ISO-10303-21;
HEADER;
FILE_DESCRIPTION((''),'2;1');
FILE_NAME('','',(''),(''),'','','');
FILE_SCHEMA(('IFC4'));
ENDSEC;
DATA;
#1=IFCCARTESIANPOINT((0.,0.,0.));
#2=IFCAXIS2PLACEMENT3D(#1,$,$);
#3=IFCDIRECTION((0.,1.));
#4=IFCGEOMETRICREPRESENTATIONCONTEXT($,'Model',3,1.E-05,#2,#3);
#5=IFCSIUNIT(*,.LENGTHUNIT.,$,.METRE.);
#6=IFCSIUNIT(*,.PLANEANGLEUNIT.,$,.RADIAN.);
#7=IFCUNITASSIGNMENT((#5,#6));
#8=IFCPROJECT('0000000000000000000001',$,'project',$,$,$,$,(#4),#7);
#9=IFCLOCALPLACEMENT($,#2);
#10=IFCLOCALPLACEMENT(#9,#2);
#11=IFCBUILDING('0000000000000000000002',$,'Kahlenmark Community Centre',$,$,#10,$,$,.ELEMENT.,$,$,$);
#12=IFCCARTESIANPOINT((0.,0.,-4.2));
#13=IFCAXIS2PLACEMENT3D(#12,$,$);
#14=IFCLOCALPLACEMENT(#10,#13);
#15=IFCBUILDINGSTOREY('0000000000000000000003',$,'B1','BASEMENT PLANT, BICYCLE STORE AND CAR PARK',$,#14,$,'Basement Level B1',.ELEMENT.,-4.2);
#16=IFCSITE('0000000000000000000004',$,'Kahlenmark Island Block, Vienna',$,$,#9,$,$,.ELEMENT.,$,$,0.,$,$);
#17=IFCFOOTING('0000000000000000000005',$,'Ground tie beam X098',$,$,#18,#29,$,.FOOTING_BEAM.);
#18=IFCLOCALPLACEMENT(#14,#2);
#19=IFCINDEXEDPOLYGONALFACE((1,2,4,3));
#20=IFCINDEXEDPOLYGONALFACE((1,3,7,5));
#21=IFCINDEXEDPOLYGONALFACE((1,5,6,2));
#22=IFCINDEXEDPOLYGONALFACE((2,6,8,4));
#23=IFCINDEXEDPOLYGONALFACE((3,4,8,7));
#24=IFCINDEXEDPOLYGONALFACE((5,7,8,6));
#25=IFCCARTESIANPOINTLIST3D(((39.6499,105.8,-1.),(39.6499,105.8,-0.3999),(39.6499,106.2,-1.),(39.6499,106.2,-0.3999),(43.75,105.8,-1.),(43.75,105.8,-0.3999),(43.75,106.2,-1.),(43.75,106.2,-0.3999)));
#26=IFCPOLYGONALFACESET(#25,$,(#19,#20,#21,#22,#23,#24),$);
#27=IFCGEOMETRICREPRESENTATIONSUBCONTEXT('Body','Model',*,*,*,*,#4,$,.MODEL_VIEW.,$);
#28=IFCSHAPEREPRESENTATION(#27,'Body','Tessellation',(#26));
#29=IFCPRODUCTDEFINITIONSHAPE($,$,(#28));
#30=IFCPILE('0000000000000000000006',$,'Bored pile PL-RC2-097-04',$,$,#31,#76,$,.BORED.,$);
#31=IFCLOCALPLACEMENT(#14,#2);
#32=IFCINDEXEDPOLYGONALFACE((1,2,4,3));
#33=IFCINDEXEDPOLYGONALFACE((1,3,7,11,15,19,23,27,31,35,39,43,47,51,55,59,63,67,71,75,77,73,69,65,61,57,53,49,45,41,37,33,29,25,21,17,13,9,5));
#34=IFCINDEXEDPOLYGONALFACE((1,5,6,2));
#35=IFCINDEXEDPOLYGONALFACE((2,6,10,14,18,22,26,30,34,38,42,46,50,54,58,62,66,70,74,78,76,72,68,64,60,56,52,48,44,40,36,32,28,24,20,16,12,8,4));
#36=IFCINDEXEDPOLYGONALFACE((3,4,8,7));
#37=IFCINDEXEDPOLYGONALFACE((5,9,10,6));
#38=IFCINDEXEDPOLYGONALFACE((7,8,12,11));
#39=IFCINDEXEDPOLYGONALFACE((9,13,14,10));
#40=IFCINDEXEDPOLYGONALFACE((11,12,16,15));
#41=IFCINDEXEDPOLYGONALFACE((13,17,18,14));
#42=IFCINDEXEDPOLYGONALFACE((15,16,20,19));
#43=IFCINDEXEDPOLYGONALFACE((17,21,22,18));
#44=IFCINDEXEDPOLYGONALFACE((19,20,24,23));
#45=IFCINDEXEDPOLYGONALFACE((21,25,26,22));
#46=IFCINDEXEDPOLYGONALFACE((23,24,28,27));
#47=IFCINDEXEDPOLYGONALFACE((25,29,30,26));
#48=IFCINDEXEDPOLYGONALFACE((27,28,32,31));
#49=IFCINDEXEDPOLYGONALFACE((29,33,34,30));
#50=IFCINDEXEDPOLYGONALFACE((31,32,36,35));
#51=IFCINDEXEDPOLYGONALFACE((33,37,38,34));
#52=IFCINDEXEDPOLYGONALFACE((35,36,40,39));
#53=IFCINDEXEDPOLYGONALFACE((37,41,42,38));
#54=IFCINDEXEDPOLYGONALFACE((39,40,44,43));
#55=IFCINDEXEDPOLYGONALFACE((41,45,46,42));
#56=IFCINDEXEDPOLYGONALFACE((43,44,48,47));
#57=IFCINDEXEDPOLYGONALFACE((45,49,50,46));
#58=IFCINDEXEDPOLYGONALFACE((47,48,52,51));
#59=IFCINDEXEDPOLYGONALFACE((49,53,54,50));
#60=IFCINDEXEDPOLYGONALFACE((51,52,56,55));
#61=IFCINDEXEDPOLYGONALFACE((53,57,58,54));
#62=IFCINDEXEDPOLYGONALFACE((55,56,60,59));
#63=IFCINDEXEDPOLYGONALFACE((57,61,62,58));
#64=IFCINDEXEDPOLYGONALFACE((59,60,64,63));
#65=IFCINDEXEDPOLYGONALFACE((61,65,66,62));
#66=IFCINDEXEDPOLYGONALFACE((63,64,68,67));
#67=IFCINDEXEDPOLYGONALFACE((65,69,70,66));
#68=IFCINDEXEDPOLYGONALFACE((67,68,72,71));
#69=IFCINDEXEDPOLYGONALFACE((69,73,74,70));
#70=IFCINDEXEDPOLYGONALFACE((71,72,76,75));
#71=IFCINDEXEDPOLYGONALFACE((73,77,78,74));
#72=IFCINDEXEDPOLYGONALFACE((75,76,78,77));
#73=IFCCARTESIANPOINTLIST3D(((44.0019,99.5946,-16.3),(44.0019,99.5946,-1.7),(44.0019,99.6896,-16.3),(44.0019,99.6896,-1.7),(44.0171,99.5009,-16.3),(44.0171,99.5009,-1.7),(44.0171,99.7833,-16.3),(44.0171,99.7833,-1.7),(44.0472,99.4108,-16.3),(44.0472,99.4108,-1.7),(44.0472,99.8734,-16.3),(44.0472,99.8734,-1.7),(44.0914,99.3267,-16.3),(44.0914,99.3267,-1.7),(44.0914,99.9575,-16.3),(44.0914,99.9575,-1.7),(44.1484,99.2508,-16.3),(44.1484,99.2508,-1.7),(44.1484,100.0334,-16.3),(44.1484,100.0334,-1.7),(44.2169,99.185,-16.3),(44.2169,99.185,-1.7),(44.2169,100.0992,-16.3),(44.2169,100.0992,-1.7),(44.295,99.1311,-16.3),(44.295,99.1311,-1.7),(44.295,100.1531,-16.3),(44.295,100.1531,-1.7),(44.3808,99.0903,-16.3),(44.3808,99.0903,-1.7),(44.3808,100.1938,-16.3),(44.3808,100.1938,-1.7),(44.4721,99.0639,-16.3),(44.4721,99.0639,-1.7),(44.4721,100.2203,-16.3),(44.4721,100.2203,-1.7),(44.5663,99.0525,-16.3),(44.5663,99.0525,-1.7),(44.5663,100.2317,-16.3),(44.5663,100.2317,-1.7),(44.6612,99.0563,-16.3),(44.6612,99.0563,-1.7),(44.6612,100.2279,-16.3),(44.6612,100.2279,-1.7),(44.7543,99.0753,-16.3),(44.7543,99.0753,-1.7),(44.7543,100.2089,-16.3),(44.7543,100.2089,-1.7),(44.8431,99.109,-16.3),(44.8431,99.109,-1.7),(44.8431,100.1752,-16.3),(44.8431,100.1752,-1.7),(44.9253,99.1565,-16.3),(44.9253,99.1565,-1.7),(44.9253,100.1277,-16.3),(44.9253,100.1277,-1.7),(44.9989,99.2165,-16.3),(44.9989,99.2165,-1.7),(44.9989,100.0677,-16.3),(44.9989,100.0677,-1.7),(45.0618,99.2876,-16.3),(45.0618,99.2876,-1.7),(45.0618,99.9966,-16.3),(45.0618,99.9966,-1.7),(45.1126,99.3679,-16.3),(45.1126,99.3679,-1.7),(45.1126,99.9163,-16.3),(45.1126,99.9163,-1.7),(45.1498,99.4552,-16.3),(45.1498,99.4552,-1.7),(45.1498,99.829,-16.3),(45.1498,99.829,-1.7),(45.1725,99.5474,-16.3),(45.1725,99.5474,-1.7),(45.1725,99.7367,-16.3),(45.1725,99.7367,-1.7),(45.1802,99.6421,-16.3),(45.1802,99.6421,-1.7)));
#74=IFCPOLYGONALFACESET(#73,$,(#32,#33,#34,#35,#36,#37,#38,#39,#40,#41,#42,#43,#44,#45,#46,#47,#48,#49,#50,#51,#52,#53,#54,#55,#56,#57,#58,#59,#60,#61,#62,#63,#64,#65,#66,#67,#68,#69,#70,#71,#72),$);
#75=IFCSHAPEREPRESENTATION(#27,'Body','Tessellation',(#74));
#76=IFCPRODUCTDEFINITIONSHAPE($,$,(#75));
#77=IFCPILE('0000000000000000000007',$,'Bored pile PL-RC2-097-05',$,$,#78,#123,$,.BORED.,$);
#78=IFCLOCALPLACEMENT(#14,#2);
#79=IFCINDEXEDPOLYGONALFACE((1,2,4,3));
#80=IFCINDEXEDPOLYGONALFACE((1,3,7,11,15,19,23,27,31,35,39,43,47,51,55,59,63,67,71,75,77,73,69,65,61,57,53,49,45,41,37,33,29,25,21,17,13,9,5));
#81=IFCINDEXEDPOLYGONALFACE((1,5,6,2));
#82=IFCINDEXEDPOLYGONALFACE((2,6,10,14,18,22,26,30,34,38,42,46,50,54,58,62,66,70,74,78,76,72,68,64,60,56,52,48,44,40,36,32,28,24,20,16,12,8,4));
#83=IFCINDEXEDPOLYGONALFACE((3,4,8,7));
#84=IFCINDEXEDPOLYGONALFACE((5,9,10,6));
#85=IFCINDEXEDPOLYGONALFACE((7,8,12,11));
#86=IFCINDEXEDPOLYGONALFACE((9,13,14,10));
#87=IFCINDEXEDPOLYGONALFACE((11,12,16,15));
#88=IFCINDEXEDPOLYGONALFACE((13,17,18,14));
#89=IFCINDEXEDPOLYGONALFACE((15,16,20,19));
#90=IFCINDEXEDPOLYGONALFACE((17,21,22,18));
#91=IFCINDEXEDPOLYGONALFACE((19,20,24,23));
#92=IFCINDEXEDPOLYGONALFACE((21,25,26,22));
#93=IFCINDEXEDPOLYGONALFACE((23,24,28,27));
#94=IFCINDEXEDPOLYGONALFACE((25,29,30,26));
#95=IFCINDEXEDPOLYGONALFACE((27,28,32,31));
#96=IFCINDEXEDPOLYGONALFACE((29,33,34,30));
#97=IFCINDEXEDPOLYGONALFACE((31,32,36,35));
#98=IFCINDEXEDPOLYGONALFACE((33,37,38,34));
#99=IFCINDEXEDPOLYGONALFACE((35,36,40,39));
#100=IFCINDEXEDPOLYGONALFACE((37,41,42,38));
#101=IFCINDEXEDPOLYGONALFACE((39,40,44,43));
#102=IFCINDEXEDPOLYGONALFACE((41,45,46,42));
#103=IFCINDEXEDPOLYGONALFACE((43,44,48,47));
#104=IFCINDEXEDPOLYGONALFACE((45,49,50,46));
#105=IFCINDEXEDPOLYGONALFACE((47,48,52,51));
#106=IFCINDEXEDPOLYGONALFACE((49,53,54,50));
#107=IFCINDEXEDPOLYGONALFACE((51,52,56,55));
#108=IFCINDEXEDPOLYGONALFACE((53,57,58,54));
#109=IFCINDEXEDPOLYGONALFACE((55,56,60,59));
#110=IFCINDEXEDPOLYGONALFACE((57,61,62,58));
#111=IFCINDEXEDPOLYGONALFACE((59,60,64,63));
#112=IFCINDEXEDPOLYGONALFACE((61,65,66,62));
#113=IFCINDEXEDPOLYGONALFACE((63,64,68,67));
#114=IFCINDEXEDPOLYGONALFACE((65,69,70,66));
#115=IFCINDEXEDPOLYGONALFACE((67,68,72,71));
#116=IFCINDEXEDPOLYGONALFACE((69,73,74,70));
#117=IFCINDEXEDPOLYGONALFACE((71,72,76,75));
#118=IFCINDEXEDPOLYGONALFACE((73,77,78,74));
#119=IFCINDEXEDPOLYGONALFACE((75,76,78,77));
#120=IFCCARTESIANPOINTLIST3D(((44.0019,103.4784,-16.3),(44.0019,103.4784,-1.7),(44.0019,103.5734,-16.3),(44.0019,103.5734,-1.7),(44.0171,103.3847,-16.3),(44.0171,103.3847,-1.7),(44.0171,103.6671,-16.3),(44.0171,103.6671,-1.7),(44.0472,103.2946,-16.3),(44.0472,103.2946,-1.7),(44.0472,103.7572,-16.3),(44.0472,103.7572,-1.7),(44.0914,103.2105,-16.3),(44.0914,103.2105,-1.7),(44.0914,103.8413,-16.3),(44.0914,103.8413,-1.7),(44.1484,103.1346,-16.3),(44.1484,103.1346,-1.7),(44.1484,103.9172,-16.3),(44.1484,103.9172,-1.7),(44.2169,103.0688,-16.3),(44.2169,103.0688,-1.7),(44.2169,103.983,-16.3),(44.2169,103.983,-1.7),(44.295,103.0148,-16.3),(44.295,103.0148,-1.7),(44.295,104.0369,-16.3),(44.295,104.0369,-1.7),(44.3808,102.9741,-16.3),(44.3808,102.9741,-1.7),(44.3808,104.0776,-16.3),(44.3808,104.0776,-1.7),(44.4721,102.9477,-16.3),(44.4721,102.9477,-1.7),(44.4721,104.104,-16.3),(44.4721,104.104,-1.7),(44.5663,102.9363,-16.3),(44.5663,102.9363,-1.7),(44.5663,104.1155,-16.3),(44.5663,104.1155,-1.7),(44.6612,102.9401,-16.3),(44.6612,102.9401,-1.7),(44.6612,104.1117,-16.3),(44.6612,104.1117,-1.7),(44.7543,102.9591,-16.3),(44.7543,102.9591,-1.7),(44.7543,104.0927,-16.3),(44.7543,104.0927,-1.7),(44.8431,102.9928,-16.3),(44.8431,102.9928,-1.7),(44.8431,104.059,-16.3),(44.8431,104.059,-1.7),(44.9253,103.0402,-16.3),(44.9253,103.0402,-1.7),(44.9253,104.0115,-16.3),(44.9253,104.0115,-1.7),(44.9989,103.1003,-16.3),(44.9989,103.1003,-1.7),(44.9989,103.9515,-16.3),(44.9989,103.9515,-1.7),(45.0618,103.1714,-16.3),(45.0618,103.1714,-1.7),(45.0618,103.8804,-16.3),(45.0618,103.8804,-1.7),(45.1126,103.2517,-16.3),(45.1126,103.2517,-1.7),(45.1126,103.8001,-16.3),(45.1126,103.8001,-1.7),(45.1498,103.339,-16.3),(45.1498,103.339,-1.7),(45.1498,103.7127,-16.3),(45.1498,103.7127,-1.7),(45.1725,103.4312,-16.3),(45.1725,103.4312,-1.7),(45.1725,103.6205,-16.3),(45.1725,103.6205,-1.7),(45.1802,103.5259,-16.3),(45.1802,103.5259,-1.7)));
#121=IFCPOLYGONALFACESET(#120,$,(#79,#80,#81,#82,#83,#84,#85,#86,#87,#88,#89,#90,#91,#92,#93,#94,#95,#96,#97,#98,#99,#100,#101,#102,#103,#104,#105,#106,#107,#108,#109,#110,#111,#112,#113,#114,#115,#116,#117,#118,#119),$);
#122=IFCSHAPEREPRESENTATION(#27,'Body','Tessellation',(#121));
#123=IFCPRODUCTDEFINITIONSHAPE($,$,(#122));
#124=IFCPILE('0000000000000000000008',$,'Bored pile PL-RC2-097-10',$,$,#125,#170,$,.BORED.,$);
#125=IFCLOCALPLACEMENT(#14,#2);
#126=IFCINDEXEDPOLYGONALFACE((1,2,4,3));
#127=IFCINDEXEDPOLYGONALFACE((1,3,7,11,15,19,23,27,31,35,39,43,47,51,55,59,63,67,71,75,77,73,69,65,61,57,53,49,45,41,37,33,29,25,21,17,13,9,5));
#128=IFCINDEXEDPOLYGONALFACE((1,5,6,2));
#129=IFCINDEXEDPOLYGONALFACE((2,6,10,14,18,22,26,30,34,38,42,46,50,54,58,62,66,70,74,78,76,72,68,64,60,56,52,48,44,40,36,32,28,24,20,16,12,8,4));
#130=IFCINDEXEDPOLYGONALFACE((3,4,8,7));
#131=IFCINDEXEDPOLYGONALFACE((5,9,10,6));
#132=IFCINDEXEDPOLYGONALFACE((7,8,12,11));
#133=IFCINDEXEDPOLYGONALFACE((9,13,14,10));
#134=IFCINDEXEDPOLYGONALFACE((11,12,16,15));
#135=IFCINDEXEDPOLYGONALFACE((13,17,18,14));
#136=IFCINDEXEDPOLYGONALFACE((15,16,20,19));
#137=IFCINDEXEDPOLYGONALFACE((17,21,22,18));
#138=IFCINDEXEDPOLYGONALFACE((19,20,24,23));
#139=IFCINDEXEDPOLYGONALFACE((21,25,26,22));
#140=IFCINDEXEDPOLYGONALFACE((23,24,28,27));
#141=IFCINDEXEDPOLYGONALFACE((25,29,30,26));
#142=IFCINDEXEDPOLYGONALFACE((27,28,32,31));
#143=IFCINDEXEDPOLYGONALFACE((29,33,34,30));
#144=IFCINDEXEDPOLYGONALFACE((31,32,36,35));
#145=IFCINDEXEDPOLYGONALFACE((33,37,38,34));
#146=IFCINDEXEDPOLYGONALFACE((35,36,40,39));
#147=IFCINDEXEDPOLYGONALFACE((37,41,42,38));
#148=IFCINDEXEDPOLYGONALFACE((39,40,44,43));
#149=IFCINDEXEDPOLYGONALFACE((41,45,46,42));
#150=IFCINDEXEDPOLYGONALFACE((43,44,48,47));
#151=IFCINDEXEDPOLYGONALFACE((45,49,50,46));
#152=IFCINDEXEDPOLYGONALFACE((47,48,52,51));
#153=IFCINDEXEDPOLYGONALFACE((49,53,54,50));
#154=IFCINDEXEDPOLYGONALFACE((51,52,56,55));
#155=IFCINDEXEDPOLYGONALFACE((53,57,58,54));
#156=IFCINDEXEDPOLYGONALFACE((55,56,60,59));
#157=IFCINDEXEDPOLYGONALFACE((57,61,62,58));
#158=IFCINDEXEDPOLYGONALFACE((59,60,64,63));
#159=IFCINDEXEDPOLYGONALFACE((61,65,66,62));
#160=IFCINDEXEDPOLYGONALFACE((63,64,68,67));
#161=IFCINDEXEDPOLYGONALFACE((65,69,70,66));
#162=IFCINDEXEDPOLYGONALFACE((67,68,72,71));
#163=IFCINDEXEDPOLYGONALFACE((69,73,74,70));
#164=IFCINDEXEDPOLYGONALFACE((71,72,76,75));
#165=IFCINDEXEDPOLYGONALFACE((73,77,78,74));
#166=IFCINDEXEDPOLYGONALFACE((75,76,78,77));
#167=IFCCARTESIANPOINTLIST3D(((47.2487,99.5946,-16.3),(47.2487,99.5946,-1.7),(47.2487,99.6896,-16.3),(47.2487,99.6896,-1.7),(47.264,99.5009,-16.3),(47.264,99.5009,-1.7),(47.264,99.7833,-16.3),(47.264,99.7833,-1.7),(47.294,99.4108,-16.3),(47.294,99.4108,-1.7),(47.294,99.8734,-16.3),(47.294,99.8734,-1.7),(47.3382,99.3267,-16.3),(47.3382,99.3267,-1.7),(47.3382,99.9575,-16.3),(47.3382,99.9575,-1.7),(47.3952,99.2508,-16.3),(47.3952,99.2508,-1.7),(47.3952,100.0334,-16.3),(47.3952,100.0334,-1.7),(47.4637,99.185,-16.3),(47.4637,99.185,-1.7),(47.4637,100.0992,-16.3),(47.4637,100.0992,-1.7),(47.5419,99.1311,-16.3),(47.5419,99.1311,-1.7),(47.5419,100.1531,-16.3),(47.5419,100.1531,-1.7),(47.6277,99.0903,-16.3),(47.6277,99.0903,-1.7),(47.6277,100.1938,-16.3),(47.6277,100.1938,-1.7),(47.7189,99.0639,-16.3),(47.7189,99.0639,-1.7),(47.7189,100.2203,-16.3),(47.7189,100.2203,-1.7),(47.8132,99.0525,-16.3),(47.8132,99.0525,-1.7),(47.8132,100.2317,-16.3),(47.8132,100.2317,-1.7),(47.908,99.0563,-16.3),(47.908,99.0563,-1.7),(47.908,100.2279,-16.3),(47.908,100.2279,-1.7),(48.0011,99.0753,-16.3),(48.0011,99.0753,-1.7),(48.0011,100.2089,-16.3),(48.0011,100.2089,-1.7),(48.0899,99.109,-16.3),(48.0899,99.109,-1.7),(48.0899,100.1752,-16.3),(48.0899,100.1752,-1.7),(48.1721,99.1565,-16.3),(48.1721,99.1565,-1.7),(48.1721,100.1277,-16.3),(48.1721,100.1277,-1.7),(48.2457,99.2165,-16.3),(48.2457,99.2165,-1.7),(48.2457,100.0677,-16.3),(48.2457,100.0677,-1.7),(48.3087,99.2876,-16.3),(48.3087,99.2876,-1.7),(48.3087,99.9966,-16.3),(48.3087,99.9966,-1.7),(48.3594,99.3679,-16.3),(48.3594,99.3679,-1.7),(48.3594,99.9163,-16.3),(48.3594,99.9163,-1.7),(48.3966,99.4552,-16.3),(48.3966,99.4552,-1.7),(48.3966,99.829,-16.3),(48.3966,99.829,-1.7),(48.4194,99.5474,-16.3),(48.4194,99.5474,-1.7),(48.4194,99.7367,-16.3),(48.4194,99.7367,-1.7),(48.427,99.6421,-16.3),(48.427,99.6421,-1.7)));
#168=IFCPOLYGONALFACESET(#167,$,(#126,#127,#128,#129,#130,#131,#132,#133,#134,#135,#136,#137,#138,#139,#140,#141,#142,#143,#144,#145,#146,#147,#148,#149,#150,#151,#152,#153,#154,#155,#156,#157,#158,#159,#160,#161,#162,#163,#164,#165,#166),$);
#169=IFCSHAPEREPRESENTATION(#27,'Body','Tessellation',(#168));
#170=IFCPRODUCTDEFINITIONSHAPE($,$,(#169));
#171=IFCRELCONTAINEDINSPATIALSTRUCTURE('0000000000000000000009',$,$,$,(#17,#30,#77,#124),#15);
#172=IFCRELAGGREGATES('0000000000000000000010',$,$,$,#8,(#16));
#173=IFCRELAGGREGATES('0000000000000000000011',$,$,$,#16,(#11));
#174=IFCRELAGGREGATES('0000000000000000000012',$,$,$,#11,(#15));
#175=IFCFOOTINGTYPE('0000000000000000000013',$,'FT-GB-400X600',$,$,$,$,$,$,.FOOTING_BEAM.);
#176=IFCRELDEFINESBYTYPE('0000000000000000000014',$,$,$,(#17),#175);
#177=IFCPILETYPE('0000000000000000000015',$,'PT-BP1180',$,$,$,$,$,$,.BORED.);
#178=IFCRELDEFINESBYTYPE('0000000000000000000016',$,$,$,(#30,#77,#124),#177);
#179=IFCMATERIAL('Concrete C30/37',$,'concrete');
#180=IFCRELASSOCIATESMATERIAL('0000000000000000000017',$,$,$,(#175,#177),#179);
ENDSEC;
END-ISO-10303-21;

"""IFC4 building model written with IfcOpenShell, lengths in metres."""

from ifc_helpers import new_model, si_unit, direction, frame, origin, origin_2d, place, context, subcontext, project, spatial, rectangle, circle, extrude, material, material_profile, profile_set, type_object, element, save


model = new_model("IFC4")

# Units and contexts
model_context = context("Model", 3, precision=1e-05, world=origin(), true_north=direction((0.0, 1.0)))
body_context = subcontext(model_context, "Body", "Model", "MODEL_VIEW")
ifc_project = project(units=[si_unit("LENGTHUNIT", "METRE"), si_unit("PLANEANGLEUNIT", "RADIAN")], contexts=[model_context])

# Site, building, storey
site_placement = place(None, origin())
site = spatial("IfcSite", under=ifc_project, at=site_placement, Name="Kahlenmark Island Block, Vienna", CompositionType="ELEMENT", RefElevation=0.0)
building_placement = place(site_placement, origin())
building = spatial("IfcBuilding", under=site, at=building_placement, Name="Kahlenmark Community Centre", CompositionType="ELEMENT")
storey_placement = place(building_placement, frame((0.0, 0.0, -4.2)))
storey = spatial("IfcBuildingStorey", under=building, at=storey_placement, Name="B1", Description="BASEMENT PLANT, BICYCLE STORE AND CAR PARK", LongName="Basement Level B1", CompositionType="ELEMENT", Elevation=-4.2)

# Footing
ifc_material_1 = material(Name="Concrete C30/37", Category="concrete")
footing_type = type_object("IfcFootingType", Name="FT-GB-400X600", PredefinedType="FOOTING_BEAM", material=ifc_material_1)
footing_placement = place(storey_placement, frame((41.7, 106.0, -1.0), z_axis=(0.0, 0.0, 1.0), x_axis=(1.0, 0.0, 0.0)))
element("IfcFooting", 1, at=footing_placement, inside=storey, type_object=footing_type, Name="Ground tie beam X098", PredefinedType="FOOTING_BEAM", context=body_context, shape_type="SweptSolid", body=[
    extrude(rectangle(XDim=4.1001, YDim=0.3999, at=origin_2d()), origin(), (0.0, 0.0, 1.0), 0.6001),
])

# Piles
ifc_material_profile_1 = material_profile(ifc_material_1, circle(Radius=0.5901, at=origin_2d()), Name="BORED PILE 1180")
ifc_profile_set_1 = profile_set([ifc_material_profile_1], Name="Concrete C30/37")
pile_type = type_object("IfcPileType", Name="PT-BP1180", PredefinedType="BORED", material=ifc_profile_set_1)
for number, where, z_axis, x_axis, name in (
    (2, (44.5901, 99.6421, -1.7), (0.0, 0.0, -1.0), (1.0, 0.0, 0.0), "Bored pile PL-RC2-097-04"),
    (3, (44.5901, 103.5259, -1.7), (0.0, 0.0, -1.0), (1.0, 0.0, 0.0), "Bored pile PL-RC2-097-05"),
    (4, (47.8369, 99.6421, -1.7), (0.0, 0.0, -1.0), (1.0, 0.0, 0.0), "Bored pile PL-RC2-097-10"),
):
    element("IfcPile", number, at=place(storey_placement, frame(where, z_axis=z_axis, x_axis=x_axis)), inside=storey, type_object=pile_type, Name=name, PredefinedType="BORED", context=body_context, shape_type="SweptSolid", body=[
        extrude(circle(Radius=0.5901, at=origin_2d()), origin(), (0.0, 0.0, 1.0), 14.6001),
    ])

save(model, "model.ifc")
